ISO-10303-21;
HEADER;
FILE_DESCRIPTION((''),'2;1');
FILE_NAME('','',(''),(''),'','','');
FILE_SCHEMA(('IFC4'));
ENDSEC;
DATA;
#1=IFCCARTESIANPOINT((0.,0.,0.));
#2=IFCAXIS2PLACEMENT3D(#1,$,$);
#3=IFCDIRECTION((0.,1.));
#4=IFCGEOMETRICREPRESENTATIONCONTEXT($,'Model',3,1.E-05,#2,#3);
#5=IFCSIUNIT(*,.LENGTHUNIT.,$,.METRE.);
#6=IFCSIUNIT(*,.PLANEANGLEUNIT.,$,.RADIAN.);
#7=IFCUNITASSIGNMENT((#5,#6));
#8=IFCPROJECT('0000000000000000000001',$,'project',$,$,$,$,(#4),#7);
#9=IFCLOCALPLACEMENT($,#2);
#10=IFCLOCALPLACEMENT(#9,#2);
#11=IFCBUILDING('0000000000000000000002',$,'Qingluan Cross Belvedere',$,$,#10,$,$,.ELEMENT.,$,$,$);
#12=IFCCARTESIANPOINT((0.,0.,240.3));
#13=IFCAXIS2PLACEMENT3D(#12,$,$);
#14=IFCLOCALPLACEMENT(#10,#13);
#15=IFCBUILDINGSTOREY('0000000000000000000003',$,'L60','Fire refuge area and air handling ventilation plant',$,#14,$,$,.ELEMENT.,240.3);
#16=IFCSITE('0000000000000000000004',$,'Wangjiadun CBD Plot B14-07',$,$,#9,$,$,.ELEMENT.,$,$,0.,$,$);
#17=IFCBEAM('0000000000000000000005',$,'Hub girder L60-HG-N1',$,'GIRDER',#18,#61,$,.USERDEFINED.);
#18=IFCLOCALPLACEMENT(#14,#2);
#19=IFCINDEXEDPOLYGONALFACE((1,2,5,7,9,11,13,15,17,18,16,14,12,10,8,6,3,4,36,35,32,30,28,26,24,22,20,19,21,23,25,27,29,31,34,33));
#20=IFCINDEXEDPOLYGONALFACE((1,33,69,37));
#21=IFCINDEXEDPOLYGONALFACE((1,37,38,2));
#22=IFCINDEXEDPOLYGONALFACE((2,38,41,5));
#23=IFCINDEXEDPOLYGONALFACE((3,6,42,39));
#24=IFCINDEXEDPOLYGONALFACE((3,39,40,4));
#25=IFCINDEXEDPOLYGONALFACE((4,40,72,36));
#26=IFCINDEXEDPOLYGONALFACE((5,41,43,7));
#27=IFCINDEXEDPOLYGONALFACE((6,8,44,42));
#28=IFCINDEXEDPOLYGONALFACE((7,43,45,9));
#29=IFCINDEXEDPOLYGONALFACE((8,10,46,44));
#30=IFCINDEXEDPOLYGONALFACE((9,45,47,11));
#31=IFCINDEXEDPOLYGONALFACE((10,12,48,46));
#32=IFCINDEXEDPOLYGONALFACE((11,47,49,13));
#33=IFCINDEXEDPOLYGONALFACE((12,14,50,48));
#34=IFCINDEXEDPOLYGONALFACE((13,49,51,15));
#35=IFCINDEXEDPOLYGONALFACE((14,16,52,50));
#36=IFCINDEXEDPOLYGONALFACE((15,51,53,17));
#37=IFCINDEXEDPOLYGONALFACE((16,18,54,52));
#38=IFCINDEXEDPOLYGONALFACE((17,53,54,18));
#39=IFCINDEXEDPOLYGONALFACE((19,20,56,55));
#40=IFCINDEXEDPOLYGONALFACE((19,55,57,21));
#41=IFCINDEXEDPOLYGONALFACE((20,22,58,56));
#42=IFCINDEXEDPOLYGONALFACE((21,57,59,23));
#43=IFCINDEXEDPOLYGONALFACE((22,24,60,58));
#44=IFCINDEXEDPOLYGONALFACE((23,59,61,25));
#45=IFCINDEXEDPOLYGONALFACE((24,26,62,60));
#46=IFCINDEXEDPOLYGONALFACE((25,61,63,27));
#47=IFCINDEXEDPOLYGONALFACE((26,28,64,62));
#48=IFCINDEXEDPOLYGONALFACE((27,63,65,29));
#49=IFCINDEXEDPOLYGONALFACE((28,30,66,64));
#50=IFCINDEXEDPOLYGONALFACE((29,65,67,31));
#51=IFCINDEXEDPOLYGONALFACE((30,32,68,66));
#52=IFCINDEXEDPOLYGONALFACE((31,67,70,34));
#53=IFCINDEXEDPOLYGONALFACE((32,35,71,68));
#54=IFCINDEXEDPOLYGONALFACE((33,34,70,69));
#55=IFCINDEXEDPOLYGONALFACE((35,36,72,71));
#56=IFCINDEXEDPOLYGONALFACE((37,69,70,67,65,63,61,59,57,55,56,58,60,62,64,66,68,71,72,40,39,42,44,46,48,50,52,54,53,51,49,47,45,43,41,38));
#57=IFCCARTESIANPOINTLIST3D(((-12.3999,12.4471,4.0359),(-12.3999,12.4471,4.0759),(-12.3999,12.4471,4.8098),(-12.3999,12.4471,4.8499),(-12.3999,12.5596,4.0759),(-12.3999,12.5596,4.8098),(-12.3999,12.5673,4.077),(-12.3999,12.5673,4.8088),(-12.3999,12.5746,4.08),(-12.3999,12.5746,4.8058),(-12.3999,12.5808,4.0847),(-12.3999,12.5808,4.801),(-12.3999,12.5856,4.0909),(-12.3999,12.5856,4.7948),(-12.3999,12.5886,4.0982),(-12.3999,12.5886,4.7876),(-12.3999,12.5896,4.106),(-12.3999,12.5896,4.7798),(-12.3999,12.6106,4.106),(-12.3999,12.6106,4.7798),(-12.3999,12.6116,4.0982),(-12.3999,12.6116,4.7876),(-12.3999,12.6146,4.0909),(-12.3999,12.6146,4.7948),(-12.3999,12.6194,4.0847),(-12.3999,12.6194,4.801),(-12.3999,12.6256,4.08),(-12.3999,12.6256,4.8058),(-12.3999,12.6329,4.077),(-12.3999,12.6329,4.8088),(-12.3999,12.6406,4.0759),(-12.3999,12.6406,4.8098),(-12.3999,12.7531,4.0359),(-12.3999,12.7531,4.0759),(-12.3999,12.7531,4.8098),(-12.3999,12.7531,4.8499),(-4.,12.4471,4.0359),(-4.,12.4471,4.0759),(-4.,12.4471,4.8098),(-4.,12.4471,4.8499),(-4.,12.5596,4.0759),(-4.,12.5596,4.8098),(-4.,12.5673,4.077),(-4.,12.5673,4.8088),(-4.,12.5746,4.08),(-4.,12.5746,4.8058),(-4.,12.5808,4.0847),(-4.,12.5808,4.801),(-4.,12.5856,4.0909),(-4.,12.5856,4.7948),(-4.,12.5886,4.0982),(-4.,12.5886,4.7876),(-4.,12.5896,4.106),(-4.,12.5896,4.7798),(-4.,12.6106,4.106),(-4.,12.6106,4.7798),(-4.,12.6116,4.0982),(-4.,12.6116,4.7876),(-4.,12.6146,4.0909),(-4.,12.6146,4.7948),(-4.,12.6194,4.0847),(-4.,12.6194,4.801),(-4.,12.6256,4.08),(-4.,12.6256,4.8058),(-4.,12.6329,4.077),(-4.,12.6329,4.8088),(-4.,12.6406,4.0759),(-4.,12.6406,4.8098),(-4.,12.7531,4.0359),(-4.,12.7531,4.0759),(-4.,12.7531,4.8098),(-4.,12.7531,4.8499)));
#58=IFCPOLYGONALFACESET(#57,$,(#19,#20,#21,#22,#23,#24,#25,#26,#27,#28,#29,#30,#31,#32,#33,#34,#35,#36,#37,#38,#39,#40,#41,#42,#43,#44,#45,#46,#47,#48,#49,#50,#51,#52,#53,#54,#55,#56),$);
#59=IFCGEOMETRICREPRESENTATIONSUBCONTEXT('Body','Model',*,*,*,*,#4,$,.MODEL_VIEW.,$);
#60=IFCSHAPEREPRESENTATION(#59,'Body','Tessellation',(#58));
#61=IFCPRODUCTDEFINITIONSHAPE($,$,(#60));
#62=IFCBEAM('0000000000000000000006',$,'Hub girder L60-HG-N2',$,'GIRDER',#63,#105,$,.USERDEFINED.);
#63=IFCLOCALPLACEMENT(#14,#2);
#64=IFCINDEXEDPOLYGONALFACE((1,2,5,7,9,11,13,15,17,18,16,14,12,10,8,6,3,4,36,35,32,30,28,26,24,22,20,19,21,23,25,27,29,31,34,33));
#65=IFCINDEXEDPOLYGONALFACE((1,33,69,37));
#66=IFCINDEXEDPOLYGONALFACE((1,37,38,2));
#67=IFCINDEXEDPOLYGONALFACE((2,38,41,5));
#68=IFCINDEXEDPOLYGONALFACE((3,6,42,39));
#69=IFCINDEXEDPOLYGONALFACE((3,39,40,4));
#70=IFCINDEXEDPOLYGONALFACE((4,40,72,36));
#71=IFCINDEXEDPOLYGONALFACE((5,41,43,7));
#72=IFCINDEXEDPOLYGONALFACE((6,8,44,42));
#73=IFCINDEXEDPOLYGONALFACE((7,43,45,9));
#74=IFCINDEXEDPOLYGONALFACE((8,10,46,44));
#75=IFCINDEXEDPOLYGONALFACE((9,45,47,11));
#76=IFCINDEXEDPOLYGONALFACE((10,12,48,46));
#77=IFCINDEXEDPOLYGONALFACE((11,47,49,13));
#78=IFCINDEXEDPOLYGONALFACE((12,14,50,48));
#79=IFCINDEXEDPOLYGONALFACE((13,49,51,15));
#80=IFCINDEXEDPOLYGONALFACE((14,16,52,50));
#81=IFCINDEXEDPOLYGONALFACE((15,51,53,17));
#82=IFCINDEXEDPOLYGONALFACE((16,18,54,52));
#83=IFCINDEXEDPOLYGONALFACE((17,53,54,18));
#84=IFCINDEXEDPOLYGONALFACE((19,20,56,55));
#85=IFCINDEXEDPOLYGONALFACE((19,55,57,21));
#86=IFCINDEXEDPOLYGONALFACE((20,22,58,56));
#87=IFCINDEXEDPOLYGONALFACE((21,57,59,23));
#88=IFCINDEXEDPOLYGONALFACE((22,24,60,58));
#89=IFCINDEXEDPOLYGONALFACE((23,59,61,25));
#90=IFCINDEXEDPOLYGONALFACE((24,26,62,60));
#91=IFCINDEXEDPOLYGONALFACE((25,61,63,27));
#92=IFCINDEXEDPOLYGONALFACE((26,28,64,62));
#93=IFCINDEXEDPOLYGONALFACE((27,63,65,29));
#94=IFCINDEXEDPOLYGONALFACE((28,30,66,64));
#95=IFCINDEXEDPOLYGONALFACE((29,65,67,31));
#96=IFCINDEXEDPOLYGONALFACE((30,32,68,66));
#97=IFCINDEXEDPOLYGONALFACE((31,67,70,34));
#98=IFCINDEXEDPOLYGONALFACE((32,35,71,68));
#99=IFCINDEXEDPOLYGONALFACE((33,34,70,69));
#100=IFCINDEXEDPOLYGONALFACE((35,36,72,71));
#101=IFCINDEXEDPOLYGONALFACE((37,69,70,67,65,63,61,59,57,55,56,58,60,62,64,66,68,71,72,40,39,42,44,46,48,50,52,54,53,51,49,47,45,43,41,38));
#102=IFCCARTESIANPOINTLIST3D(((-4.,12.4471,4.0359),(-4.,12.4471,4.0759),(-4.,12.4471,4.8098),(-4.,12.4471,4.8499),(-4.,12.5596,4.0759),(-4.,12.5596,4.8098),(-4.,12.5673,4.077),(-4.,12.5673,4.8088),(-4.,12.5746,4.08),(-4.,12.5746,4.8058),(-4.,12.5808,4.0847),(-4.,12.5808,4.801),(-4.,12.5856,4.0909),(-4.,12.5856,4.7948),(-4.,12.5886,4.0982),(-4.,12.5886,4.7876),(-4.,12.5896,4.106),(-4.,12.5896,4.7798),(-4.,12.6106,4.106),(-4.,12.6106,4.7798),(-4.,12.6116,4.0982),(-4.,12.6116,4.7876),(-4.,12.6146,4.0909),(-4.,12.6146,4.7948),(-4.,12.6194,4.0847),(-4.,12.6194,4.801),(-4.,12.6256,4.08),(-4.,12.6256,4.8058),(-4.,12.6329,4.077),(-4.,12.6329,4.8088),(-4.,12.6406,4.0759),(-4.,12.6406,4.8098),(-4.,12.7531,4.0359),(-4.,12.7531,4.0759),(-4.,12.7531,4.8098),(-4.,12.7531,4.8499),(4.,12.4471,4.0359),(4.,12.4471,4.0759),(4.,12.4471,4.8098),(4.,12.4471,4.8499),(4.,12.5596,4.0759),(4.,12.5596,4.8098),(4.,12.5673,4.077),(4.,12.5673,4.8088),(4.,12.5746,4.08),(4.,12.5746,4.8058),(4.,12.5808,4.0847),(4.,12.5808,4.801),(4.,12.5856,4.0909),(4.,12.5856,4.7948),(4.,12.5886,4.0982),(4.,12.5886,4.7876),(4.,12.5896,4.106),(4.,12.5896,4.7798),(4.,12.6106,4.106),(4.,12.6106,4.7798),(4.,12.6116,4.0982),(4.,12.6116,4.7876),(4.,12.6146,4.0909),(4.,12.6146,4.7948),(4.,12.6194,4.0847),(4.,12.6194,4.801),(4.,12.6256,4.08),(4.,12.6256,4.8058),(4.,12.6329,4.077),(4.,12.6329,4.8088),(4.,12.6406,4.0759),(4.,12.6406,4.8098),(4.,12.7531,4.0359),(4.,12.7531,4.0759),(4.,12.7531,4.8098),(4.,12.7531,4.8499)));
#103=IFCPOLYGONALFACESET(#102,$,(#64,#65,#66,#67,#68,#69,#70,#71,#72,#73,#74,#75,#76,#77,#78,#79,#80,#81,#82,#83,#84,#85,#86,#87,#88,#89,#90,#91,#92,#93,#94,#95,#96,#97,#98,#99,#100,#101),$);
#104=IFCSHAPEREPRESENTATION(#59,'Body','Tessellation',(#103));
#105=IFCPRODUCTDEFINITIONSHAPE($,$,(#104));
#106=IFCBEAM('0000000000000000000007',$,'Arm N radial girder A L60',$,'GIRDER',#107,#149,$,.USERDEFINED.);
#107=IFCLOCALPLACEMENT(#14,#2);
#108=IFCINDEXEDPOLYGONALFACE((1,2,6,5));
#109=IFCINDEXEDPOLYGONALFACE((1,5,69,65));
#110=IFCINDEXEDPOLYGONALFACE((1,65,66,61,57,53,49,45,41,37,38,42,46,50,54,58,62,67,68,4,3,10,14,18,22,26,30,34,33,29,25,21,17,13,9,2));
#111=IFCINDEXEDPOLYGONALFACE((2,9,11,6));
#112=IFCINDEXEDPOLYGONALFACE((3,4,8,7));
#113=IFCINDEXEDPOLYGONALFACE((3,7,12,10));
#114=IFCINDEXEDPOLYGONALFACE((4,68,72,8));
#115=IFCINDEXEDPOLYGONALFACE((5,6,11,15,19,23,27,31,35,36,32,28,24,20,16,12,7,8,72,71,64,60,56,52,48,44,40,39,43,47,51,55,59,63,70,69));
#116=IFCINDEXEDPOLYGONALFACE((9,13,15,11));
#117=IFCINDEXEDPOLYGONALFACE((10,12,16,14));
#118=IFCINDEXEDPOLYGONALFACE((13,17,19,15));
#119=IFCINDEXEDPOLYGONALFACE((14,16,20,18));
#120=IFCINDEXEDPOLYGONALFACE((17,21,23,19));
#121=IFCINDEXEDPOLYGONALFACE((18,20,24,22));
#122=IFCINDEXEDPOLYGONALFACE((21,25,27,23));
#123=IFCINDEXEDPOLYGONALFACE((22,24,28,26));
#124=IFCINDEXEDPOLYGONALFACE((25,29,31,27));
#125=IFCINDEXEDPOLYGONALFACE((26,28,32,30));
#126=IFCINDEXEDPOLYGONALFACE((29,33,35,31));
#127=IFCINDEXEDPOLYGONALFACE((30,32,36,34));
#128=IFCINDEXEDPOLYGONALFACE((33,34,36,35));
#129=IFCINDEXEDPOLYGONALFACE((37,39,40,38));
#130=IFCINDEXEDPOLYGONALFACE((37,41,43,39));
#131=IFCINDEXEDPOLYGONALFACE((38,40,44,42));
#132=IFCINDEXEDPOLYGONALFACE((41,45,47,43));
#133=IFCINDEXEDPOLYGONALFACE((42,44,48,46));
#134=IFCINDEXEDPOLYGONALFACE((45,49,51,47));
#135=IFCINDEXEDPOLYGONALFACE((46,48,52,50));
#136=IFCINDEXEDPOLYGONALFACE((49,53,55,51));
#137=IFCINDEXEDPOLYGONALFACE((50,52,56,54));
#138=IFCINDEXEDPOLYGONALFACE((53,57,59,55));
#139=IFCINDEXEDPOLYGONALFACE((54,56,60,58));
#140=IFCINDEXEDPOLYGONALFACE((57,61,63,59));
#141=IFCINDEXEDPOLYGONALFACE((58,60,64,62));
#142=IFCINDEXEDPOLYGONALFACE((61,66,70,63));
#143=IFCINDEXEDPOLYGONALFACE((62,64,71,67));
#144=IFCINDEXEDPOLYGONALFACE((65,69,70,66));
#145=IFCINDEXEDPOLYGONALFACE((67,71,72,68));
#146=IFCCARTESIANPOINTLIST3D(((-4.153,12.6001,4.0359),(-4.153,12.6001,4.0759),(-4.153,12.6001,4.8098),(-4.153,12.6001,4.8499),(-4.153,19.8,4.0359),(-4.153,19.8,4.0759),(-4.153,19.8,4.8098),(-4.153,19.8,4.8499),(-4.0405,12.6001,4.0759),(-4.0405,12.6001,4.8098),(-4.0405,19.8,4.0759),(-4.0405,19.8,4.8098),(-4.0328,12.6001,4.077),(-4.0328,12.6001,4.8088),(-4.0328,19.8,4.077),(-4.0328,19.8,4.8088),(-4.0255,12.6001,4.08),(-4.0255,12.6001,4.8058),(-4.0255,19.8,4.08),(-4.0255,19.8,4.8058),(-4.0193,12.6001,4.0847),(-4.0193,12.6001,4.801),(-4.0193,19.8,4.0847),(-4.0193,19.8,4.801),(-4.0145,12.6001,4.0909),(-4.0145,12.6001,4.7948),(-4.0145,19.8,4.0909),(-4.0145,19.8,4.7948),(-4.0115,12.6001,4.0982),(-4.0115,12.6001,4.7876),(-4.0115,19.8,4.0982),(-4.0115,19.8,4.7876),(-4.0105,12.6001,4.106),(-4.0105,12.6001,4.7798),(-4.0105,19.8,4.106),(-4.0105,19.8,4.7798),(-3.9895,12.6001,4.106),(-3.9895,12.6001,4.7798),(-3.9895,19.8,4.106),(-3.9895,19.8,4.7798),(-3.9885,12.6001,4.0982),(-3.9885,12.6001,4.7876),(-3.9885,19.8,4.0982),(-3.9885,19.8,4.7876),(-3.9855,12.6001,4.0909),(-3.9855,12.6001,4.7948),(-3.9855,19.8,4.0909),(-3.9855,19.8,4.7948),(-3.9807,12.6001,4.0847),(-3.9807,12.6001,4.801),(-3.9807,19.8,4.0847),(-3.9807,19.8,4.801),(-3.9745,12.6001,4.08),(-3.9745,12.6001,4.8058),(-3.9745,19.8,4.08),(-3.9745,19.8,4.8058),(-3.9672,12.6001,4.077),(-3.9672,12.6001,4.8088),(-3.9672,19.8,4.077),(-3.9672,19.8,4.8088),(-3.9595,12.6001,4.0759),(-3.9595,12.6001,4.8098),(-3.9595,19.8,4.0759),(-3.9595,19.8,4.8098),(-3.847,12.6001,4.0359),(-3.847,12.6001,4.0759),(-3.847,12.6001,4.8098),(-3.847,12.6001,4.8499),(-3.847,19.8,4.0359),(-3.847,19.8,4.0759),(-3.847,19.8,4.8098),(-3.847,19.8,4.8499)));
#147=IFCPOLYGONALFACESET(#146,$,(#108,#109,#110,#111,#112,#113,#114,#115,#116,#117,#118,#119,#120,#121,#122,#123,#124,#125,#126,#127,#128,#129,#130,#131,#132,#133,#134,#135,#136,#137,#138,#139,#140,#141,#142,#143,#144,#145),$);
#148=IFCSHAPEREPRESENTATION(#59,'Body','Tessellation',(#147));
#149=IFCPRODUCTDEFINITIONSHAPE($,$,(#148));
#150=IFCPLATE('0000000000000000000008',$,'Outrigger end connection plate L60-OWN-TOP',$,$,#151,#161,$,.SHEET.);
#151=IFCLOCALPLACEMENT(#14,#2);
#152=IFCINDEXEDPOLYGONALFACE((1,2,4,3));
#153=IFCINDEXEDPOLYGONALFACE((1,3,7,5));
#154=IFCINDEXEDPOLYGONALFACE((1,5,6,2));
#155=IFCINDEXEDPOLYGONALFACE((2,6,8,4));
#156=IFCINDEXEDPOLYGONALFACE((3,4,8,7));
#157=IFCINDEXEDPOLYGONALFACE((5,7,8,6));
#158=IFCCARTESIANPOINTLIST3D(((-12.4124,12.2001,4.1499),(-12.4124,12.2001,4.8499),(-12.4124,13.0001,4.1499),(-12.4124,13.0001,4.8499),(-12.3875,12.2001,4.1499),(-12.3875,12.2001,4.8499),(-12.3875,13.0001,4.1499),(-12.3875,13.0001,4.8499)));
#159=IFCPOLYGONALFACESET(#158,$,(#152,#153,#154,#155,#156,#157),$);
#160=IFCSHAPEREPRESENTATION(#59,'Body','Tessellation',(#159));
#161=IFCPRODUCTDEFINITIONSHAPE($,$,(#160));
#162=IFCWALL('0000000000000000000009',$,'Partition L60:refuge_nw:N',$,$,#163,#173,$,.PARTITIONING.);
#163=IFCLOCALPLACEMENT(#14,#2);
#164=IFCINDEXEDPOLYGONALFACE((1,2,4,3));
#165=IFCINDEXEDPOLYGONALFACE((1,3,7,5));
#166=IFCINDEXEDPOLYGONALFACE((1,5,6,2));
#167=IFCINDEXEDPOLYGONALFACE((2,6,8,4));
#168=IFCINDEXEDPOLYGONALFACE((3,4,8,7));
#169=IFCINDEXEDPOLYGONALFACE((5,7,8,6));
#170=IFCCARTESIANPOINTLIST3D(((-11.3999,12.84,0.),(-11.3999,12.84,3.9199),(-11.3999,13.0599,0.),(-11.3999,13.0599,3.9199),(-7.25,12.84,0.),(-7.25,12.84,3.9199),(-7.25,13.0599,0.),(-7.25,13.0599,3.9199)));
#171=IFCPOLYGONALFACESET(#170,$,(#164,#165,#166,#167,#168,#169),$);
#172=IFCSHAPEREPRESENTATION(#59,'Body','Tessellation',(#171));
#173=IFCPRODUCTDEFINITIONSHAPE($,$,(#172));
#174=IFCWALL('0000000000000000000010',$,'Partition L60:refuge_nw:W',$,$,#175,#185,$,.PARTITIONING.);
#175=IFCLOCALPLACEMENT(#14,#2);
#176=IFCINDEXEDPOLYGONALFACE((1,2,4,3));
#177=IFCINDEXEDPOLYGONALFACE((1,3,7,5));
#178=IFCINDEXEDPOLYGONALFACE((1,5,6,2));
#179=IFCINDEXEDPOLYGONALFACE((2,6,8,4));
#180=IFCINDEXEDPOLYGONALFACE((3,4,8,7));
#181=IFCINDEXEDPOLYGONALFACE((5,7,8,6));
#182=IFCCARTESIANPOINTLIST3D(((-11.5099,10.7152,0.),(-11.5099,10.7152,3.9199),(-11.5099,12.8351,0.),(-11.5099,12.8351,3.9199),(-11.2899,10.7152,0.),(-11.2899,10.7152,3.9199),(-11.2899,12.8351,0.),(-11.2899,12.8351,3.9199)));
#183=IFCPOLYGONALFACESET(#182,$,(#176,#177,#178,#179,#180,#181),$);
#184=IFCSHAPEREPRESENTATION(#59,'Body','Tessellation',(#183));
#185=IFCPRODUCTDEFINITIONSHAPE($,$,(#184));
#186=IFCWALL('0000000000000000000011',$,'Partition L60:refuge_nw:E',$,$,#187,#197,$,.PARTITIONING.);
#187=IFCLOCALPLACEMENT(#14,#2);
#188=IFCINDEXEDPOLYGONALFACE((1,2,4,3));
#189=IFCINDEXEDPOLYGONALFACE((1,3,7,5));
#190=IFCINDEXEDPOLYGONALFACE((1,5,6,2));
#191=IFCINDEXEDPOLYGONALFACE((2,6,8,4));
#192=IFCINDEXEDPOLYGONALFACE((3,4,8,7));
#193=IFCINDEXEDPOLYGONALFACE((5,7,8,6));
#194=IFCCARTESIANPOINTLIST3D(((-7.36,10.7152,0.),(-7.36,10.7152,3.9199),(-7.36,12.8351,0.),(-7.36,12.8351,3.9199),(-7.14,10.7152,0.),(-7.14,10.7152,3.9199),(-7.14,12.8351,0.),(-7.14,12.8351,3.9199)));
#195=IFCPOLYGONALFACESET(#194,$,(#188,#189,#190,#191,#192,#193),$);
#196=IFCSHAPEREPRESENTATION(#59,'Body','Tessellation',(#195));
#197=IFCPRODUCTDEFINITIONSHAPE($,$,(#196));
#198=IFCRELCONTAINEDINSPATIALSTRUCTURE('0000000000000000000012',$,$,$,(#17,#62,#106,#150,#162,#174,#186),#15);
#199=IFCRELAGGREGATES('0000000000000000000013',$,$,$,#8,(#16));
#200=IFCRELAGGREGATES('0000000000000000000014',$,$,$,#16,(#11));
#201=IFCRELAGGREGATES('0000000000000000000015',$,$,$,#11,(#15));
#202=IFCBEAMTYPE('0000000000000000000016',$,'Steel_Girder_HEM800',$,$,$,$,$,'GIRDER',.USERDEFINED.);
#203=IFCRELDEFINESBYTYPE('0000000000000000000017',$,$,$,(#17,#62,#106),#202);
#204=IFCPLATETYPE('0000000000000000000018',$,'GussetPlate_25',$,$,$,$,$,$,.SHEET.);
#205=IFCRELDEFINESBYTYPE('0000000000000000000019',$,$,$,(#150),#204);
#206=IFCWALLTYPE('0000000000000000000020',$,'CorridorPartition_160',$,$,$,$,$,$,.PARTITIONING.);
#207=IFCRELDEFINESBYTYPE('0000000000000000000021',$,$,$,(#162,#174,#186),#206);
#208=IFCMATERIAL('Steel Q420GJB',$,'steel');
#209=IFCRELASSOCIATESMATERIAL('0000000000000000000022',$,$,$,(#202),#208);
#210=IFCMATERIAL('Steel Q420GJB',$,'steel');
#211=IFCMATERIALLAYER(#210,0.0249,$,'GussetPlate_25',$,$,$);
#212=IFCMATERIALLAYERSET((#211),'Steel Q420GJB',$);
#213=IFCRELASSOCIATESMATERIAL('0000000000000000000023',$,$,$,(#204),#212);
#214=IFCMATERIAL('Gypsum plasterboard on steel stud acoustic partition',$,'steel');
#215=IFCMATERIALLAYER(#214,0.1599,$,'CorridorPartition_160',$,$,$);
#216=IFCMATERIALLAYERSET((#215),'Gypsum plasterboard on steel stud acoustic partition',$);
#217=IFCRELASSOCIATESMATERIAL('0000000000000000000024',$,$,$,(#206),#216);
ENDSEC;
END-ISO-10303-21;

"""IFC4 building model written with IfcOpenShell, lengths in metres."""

from ifc_helpers import new_model, si_unit, direction, frame, frame_2d, origin, origin_2d, place, context, subcontext, project, spatial, rectangle, i_section, extrude, material, layer, layer_set, material_profile, profile_set, type_object, element, save


model = new_model("IFC4")

# Units and contexts
model_context = context("Model", 3, precision=1e-05, world=origin(), true_north=direction((0.0, 1.0)))
body_context = subcontext(model_context, "Body", "Model", "MODEL_VIEW")
ifc_project = project(units=[si_unit("LENGTHUNIT", "METRE"), si_unit("PLANEANGLEUNIT", "RADIAN")], contexts=[model_context])

# Site, building, storey
site_placement = place(None, origin())
site = spatial("IfcSite", under=ifc_project, at=site_placement, Name="Wangjiadun CBD Plot B14-07", CompositionType="ELEMENT", RefElevation=0.0)
building_placement = place(site_placement, origin())
building = spatial("IfcBuilding", under=site, at=building_placement, Name="Qingluan Cross Belvedere", CompositionType="ELEMENT")
storey_placement = place(building_placement, frame((0.0, 0.0, 240.3)))
storey = spatial("IfcBuildingStorey", under=building, at=storey_placement, Name="L60", Description="Fire refuge area and air handling ventilation plant", CompositionType="ELEMENT", Elevation=240.3)

# Beams
ifc_material_1 = material(Name="Steel Q420GJB", Category="steel")
ifc_material_profile_1 = material_profile(ifc_material_1, i_section(OverallWidth=0.3059, OverallDepth=0.814, WebThickness=0.021, FlangeThickness=0.04, FilletRadius=0.03, at=origin_2d()), Name="HEM800")
ifc_profile_set_1 = profile_set([ifc_material_profile_1], Name="Steel Q420GJB")
beam_type_1 = type_object("IfcBeamType", Name="Steel_Girder_HEM800", ElementType="GIRDER", PredefinedType="USERDEFINED", material=ifc_profile_set_1)
beam_1_placement = place(storey_placement, frame((-12.3999, 12.6001, 4.4429), z_axis=(1.0, 0.0, 0.0), x_axis=(0.0, 1.0, 0.0)))
element("IfcBeam", 1, at=beam_1_placement, inside=storey, type_object=beam_type_1, Name="Hub girder L60-HG-N1", ObjectType="GIRDER", PredefinedType="USERDEFINED", context=body_context, shape_type="SweptSolid", body=[
    extrude(i_section(OverallWidth=0.3059, OverallDepth=0.814, WebThickness=0.021, FlangeThickness=0.04, FilletRadius=0.03, at=origin_2d()), origin(), (0.0, 0.0, 1.0), 8.3999),
])
beam_2_placement = place(storey_placement, frame((-4.0, 12.6001, 4.4429), z_axis=(1.0, 0.0, 0.0), x_axis=(0.0, 1.0, 0.0)))
element("IfcBeam", 2, at=beam_2_placement, inside=storey, type_object=beam_type_1, Name="Hub girder L60-HG-N2", ObjectType="GIRDER", PredefinedType="USERDEFINED", context=body_context, shape_type="SweptSolid", body=[
    extrude(i_section(OverallWidth=0.3059, OverallDepth=0.814, WebThickness=0.021, FlangeThickness=0.04, FilletRadius=0.03, at=origin_2d()), origin(), (0.0, 0.0, 1.0), 8.0),
])
beam_3_placement = place(storey_placement, frame((-4.0, 12.6001, 4.4429), z_axis=(0.0, 1.0, 0.0), x_axis=(-1.0, 0.0, 0.0)))
element("IfcBeam", 3, at=beam_3_placement, inside=storey, type_object=beam_type_1, Name="Arm N radial girder A L60", ObjectType="GIRDER", PredefinedType="USERDEFINED", context=body_context, shape_type="SweptSolid", body=[
    extrude(i_section(OverallWidth=0.3059, OverallDepth=0.814, WebThickness=0.021, FlangeThickness=0.04, FilletRadius=0.03, at=origin_2d()), origin(), (0.0, 0.0, 1.0), 7.2),
])

# Plate
ifc_material_2 = material(Name="Steel Q420GJB", Category="steel")
ifc_layer_1 = layer(ifc_material_2, 0.0249, Name="GussetPlate_25")
ifc_layer_set_1 = layer_set([ifc_layer_1], Name="Steel Q420GJB")
plate_type = type_object("IfcPlateType", Name="GussetPlate_25", PredefinedType="SHEET", material=ifc_layer_set_1)
plate_placement = place(storey_placement, frame((-12.3999, 12.6001, 4.1499), z_axis=(0.0, 0.0, 1.0), x_axis=(0.0, 1.0, 0.0)))
element("IfcPlate", 4, at=plate_placement, inside=storey, type_object=plate_type, Name="Outrigger end connection plate L60-OWN-TOP", PredefinedType="SHEET", context=body_context, shape_type="SweptSolid", body=[
    extrude(rectangle(XDim=0.8, YDim=0.0249, at=origin_2d()), origin(), (0.0, 0.0, 1.0), 0.7),
])

# Shared definitions
ifc_material_3 = material(Name="Gypsum plasterboard on steel stud acoustic partition", Category="steel")
ifc_layer_2 = layer(ifc_material_3, 0.1599, Name="CorridorPartition_160")
ifc_layer_set_2 = layer_set([ifc_layer_2], Name="Gypsum plasterboard on steel stud acoustic partition")
wall_type_1 = type_object("IfcWallType", Name="CorridorPartition_160", PredefinedType="PARTITIONING", material=ifc_layer_set_2)

# Walls
wall_1_placement = place(storey_placement, frame((-11.3999, 12.95, 0.0), z_axis=(0.0, 0.0, 1.0), x_axis=(1.0, 0.0, 0.0)))
element("IfcWall", 5, at=wall_1_placement, inside=storey, type_object=wall_type_1, Name="Partition L60:refuge_nw:N", PredefinedType="PARTITIONING", context=body_context, shape_type="SweptSolid", body=[
    extrude(rectangle(XDim=4.1499, YDim=0.22, at=frame_2d((2.075, 0.0))), origin(), (0.0, 0.0, 1.0), 3.9199),
])
for number, where, z_axis, x_axis, name in (
    (6, (-11.3999, 10.7151, 0.0), (0.0, 0.0, 1.0), (0.0, 1.0, 0.0), "Partition L60:refuge_nw:W"),
    (7, (-7.25, 10.7151, 0.0), (0.0, 0.0, 1.0), (0.0, 1.0, 0.0), "Partition L60:refuge_nw:E"),
):
    element("IfcWall", number, at=place(storey_placement, frame(where, z_axis=z_axis, x_axis=x_axis)), inside=storey, type_object=wall_type_1, Name=name, PredefinedType="PARTITIONING", context=body_context, shape_type="SweptSolid", body=[
        extrude(rectangle(XDim=2.1199, YDim=0.22, at=frame_2d((1.0601, 0.0))), origin(), (0.0, 0.0, 1.0), 3.9199),
    ])

save(model, "model.ifc")
